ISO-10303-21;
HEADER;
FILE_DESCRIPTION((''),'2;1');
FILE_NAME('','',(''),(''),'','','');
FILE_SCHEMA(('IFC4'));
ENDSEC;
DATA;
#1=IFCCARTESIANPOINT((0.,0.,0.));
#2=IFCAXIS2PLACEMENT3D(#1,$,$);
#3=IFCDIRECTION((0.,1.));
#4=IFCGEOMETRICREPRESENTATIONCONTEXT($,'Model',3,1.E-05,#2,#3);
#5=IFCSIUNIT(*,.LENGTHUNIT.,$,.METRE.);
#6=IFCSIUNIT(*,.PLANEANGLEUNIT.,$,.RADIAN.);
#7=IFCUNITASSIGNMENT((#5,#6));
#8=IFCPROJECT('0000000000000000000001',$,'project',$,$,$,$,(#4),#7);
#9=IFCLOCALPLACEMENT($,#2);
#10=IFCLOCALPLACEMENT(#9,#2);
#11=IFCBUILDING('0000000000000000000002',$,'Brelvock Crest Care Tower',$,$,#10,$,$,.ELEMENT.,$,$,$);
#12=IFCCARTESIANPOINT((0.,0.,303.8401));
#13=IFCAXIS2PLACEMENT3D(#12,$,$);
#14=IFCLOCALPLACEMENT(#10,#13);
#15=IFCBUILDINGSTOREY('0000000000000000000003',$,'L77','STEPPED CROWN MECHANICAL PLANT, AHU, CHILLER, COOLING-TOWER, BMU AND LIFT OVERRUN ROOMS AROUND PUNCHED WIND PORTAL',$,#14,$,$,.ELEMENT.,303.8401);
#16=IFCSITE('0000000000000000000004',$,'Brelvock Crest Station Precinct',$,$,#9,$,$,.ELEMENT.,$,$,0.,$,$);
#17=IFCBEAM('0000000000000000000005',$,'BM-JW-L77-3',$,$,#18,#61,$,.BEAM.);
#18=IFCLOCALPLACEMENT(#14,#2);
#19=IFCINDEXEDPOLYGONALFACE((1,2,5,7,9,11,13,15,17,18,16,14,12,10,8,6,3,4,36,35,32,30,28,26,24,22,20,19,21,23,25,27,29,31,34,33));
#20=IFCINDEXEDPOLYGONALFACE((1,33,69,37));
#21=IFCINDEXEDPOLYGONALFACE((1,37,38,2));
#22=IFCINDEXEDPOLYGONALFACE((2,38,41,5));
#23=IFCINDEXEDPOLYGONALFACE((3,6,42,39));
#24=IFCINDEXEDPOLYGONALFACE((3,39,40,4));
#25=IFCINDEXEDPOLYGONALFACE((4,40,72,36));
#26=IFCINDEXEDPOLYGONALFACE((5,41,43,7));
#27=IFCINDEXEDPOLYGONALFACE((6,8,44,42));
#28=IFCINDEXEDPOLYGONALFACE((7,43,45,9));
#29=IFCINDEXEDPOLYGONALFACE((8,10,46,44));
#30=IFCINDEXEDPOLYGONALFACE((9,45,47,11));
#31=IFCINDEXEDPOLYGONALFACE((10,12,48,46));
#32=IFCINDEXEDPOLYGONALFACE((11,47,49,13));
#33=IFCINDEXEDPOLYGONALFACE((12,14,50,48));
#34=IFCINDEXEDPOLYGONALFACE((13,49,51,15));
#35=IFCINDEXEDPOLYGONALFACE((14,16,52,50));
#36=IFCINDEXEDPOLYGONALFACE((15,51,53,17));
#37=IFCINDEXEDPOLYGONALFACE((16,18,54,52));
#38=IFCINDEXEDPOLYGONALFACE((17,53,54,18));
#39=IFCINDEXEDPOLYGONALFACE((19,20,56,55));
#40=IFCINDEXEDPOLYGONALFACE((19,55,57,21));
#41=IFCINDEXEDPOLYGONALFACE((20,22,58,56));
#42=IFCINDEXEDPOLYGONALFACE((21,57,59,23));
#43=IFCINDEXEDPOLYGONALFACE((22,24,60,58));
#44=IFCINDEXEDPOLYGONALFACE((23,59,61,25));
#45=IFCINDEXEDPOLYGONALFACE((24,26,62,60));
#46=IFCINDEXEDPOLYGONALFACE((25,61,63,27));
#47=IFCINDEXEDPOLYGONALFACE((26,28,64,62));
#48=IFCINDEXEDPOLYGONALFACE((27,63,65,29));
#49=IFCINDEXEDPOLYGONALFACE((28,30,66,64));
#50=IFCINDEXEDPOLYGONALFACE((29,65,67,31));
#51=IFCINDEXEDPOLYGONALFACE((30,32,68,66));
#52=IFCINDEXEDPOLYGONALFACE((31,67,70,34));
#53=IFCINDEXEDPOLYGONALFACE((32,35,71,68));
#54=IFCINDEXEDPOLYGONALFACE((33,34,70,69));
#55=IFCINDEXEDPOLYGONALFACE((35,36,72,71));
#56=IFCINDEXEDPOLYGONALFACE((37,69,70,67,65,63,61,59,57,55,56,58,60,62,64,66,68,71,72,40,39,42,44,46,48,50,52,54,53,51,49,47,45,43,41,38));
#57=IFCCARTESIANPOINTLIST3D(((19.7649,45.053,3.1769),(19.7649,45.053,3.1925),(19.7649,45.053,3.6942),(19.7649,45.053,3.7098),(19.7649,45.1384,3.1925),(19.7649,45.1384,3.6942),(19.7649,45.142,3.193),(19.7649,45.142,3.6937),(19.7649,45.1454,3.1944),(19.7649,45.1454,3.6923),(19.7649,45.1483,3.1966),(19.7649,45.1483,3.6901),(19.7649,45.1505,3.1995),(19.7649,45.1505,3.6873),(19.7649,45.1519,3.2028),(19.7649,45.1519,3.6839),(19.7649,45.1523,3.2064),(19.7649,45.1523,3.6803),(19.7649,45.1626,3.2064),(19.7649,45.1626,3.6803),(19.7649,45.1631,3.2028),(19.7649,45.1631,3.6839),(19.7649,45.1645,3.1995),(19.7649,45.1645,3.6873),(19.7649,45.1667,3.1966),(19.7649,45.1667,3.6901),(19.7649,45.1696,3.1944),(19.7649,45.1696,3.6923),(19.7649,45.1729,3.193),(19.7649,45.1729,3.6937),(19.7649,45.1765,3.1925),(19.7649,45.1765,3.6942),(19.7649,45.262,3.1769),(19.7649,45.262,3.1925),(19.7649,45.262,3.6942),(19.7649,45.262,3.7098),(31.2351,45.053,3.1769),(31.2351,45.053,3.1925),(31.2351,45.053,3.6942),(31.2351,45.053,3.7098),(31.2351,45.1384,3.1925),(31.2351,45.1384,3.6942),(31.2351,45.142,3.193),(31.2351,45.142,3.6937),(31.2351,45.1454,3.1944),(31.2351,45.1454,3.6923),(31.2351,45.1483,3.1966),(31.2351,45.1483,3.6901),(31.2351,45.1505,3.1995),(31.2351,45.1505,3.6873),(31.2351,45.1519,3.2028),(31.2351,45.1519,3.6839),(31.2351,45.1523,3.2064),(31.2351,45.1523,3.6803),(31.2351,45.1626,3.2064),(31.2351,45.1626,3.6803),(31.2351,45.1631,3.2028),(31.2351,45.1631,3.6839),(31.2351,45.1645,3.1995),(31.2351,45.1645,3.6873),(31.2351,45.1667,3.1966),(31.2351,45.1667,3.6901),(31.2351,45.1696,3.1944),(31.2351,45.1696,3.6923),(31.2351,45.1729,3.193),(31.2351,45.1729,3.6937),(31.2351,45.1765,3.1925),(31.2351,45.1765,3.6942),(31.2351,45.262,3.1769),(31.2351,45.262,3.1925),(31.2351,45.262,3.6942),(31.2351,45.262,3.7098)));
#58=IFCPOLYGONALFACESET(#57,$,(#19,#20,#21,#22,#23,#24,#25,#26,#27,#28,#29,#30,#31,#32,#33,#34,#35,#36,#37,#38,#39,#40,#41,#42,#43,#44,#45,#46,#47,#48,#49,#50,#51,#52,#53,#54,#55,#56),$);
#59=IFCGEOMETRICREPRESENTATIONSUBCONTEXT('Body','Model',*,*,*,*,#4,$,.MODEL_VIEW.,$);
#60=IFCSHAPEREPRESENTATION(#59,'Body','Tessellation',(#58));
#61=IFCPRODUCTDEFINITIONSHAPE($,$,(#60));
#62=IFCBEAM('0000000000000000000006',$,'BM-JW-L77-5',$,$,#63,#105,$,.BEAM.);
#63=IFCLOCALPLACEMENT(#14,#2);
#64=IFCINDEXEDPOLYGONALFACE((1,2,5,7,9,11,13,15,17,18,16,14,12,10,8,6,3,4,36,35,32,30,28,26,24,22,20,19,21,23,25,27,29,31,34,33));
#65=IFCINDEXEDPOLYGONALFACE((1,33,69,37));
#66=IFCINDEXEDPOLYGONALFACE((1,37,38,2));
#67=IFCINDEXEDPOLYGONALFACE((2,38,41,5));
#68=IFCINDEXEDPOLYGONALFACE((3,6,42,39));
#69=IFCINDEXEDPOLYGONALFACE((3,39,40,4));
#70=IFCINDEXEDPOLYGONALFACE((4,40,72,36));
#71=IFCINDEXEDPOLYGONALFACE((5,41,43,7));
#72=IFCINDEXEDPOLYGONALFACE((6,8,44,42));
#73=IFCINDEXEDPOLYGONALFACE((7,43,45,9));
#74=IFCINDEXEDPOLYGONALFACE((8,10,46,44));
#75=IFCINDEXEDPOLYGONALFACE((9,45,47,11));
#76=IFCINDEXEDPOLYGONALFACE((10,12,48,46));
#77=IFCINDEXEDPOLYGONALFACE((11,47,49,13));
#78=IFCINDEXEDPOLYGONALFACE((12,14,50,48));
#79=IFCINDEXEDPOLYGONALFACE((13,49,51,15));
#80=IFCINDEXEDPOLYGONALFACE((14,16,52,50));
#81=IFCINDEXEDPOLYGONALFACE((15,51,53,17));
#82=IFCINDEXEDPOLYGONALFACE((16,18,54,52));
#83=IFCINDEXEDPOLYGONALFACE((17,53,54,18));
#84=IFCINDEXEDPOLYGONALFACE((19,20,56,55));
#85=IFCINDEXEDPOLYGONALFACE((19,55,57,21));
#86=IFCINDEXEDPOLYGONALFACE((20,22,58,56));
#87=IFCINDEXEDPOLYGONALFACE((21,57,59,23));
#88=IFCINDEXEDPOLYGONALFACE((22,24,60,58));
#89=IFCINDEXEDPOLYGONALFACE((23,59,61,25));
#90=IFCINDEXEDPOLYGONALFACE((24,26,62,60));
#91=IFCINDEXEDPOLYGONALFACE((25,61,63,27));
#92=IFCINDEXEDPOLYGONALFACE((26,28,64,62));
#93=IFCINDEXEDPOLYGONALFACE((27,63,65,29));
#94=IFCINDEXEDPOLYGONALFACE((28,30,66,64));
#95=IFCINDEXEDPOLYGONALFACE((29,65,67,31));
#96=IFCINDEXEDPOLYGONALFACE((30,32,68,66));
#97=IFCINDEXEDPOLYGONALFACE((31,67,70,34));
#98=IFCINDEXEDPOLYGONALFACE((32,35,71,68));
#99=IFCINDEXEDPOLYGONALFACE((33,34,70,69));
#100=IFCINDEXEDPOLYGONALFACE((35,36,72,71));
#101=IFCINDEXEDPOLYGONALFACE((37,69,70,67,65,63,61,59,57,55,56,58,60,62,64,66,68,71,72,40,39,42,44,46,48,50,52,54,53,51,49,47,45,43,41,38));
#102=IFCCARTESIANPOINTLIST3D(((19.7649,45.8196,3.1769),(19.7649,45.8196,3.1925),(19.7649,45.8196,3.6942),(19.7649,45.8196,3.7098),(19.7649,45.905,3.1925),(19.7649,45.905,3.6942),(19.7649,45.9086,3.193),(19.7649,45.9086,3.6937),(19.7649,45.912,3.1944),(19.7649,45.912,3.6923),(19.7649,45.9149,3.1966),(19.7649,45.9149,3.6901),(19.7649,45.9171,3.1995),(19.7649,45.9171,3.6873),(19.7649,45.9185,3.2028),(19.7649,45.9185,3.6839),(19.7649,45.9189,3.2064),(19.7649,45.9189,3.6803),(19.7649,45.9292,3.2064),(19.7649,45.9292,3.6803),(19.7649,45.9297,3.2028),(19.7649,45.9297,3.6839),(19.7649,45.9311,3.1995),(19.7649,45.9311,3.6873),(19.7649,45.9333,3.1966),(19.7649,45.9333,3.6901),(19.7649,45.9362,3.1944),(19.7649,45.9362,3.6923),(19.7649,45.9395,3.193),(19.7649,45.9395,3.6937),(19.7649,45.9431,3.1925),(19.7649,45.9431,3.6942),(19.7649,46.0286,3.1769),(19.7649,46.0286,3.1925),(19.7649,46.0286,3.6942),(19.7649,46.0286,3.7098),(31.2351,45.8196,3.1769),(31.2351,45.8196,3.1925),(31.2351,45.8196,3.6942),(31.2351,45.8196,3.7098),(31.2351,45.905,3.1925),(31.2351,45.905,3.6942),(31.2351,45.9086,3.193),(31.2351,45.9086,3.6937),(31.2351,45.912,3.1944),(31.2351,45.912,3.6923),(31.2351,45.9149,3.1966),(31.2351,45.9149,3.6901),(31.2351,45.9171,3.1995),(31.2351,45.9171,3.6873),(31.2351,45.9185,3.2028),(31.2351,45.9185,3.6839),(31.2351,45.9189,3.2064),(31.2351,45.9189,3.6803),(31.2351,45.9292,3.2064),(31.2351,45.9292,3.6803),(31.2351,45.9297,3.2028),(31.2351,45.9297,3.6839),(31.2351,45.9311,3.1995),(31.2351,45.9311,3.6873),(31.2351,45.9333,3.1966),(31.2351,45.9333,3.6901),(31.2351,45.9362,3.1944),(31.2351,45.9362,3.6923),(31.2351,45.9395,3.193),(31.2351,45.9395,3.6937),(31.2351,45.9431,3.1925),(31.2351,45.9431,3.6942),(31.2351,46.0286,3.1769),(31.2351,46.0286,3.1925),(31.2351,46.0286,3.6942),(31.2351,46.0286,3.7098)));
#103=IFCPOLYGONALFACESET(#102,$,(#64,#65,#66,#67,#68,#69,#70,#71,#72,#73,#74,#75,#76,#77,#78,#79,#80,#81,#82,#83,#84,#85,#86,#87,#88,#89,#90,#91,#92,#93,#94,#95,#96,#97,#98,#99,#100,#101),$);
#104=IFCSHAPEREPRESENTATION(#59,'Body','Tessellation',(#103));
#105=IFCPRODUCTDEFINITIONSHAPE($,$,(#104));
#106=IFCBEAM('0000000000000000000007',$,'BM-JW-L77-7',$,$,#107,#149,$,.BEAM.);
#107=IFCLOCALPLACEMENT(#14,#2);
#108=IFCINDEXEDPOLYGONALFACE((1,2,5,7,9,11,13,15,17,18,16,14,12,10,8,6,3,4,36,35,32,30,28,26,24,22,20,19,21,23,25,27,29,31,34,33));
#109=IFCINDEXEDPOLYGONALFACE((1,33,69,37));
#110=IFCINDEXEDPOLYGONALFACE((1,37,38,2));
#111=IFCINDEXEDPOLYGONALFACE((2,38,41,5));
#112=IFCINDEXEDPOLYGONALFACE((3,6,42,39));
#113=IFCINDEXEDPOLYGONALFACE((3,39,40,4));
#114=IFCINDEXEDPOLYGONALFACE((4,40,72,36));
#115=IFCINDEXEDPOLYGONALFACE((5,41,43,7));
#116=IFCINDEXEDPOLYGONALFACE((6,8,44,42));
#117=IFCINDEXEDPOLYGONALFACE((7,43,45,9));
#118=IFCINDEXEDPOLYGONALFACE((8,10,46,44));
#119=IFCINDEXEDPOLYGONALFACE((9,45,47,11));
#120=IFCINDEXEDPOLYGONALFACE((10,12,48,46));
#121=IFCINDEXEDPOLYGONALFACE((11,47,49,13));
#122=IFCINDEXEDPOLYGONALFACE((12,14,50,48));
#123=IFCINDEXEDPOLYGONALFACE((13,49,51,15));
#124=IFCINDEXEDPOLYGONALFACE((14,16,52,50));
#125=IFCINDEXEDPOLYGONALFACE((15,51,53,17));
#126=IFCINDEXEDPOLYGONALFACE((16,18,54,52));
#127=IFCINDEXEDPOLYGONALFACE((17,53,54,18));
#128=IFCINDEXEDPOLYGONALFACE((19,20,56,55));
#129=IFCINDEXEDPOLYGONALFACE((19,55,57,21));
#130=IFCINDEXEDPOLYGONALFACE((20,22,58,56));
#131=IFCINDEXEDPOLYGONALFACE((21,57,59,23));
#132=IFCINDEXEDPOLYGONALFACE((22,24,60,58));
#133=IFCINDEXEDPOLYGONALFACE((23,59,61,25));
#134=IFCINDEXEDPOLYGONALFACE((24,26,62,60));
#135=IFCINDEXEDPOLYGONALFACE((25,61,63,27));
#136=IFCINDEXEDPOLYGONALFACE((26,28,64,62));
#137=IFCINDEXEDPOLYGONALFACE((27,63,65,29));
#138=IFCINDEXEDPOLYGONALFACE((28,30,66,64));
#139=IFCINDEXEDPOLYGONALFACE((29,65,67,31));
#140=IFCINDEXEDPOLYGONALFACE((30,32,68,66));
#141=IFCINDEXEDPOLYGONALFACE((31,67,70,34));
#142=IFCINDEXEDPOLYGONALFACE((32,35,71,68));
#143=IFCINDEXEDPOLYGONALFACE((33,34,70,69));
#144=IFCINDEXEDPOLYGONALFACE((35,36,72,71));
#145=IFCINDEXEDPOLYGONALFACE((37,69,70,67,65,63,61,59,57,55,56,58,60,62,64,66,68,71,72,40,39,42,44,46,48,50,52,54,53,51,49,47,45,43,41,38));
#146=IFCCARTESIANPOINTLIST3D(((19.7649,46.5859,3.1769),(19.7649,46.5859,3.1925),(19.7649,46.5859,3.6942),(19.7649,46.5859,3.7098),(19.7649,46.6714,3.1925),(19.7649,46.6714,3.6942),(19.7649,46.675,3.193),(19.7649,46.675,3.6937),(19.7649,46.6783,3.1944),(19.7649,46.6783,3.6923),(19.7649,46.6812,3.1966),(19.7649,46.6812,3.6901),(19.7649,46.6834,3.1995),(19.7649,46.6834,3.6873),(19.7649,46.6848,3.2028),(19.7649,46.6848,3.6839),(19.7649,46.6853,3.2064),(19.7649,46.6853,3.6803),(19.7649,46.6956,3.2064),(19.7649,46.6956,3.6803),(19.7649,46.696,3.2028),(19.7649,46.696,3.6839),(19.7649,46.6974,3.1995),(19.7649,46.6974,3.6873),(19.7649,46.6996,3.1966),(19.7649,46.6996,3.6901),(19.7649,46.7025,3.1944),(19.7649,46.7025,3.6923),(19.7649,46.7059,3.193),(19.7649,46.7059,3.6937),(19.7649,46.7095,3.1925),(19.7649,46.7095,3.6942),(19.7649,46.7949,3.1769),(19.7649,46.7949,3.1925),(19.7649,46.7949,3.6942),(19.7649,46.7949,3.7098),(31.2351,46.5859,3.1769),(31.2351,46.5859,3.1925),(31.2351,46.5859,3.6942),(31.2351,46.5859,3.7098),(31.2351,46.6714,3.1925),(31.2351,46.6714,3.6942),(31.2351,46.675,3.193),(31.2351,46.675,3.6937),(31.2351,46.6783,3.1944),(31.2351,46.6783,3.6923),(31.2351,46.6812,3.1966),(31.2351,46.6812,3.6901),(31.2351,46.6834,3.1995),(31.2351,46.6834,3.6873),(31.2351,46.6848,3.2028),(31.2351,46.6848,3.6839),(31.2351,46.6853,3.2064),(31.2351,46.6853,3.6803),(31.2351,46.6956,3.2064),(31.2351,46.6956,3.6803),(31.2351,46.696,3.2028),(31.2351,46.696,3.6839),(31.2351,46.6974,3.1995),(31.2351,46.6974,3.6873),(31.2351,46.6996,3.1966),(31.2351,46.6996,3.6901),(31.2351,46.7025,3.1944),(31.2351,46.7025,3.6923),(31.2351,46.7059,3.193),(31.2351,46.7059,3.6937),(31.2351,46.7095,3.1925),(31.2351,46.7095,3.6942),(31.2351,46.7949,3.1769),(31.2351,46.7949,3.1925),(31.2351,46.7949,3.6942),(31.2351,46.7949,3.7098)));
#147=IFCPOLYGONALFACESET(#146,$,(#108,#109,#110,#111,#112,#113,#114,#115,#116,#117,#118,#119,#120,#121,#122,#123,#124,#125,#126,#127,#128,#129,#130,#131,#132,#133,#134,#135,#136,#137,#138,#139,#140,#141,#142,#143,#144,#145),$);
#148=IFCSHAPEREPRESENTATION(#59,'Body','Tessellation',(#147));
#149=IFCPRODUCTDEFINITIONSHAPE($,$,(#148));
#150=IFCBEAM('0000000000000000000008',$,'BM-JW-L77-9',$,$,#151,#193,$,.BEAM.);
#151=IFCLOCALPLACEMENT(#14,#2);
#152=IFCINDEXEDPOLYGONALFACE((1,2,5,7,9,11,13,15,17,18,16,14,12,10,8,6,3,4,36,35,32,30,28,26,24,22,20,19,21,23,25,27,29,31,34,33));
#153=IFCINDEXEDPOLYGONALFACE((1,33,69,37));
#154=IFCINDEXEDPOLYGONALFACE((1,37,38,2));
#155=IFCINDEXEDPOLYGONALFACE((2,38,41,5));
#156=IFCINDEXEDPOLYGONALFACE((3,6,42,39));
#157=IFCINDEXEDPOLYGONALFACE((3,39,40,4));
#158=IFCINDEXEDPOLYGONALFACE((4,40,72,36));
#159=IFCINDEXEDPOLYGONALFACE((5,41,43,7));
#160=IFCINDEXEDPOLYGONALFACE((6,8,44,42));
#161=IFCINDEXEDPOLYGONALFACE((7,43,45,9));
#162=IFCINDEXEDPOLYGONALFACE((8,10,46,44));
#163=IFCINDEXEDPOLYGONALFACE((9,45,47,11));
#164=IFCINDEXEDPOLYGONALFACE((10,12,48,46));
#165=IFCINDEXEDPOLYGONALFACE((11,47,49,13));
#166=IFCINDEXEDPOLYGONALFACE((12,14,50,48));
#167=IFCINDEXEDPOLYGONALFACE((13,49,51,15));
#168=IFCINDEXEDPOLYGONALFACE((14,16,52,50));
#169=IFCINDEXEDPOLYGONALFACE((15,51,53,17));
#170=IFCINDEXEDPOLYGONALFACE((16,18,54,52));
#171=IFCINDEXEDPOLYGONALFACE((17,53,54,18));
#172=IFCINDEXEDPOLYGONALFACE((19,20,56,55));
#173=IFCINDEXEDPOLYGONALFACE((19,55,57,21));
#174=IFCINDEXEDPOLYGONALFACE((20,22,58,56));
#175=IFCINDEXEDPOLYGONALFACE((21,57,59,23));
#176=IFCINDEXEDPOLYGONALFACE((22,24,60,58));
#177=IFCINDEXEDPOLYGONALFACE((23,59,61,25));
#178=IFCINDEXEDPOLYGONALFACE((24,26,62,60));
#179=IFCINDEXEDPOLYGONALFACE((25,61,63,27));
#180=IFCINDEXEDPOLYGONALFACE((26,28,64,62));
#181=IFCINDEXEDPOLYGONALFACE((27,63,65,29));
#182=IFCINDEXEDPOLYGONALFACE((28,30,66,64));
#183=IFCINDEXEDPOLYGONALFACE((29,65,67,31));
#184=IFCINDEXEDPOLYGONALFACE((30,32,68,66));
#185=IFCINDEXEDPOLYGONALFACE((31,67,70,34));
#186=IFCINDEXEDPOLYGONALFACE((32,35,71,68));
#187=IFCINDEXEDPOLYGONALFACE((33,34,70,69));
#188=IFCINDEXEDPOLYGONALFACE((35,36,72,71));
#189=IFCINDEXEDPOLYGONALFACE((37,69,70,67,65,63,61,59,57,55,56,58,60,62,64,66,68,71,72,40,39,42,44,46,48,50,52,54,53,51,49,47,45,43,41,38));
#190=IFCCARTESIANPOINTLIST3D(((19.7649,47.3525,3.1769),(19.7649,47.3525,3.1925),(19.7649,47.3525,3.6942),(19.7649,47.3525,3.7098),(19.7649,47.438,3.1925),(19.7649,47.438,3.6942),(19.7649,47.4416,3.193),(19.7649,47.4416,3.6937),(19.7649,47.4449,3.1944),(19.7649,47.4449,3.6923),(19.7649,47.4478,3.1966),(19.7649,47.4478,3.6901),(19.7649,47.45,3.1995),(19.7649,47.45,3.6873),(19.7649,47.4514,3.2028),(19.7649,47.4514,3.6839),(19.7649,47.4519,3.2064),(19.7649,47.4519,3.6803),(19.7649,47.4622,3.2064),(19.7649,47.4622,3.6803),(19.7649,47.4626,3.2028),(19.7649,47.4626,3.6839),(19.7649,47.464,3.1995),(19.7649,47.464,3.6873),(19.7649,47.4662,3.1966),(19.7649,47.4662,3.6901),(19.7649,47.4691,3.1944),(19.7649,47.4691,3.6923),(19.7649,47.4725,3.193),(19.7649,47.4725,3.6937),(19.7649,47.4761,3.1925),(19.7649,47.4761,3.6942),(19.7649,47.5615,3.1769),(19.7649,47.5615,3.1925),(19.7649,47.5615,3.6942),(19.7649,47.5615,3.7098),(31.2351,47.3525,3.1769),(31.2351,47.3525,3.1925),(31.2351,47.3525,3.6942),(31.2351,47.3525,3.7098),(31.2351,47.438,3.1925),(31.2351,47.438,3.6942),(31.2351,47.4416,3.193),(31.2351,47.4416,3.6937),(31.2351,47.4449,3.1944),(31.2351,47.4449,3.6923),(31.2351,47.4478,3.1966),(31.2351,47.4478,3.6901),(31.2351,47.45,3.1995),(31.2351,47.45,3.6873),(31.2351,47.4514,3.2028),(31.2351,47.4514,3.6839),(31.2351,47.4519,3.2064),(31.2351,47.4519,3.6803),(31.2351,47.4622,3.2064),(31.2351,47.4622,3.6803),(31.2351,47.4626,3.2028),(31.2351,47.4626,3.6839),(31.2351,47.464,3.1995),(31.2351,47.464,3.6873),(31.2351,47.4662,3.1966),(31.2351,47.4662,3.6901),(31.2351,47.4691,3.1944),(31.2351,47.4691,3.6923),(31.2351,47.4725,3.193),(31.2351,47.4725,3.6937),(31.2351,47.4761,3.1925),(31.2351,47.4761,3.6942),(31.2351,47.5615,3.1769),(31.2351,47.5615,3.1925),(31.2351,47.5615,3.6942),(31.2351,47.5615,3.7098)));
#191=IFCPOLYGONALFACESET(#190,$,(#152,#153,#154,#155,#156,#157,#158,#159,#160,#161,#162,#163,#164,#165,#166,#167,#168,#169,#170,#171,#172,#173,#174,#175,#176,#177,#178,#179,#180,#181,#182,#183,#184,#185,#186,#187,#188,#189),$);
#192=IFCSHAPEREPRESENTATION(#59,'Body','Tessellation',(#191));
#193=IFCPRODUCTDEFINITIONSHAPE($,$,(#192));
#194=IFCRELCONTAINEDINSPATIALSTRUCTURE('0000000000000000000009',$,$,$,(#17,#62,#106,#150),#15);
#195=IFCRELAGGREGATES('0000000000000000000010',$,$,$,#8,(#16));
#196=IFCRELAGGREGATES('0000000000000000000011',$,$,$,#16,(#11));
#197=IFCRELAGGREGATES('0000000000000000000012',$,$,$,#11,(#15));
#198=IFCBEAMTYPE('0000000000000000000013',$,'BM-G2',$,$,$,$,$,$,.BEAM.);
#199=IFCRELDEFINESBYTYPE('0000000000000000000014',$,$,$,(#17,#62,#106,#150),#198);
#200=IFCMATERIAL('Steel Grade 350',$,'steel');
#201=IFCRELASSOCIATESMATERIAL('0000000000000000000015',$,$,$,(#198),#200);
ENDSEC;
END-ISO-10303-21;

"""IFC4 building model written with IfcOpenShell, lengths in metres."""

from ifc_helpers import new_model, si_unit, direction, frame, origin, origin_2d, place, context, subcontext, project, spatial, i_section, extrude, source, transform, mapped, material, material_profile, profile_set, type_object, element, save


model = new_model("IFC4")

# Units and contexts
model_context = context("Model", 3, precision=1e-05, world=origin(), true_north=direction((0.0, 1.0)))
body_context = subcontext(model_context, "Body", "Model", "MODEL_VIEW")
ifc_project = project(units=[si_unit("LENGTHUNIT", "METRE"), si_unit("PLANEANGLEUNIT", "RADIAN")], contexts=[model_context])

# Site, building, storey
site_placement = place(None, origin())
site = spatial("IfcSite", under=ifc_project, at=site_placement, Name="Brelvock Crest Station Precinct", CompositionType="ELEMENT", RefElevation=0.0)
building_placement = place(site_placement, origin())
building = spatial("IfcBuilding", under=site, at=building_placement, Name="Brelvock Crest Care Tower", CompositionType="ELEMENT")
storey_placement = place(building_placement, frame((0.0, 0.0, 303.8401)))
storey = spatial("IfcBuildingStorey", under=building, at=storey_placement, Name="L77", Description="STEPPED CROWN MECHANICAL PLANT, AHU, CHILLER, COOLING-TOWER, BMU AND LIFT OVERRUN ROOMS AROUND PUNCHED WIND PORTAL", CompositionType="ELEMENT", Elevation=303.8401)

# Shared definitions
ifc_material_1 = material(Name="Steel Grade 350", Category="steel")

# Beams
ifc_material_profile_1 = material_profile(ifc_material_1, i_section(OverallWidth=0.209, OverallDepth=0.533, WebThickness=0.0103, FlangeThickness=0.0156, FilletRadius=0.0139, at=origin_2d()), Name="530UB92.4")
ifc_profile_set_1 = profile_set([ifc_material_profile_1], Name="Steel Grade 350")
beam_type_1 = type_object("IfcBeamType", Name="BM-G2", PredefinedType="BEAM", material=ifc_profile_set_1)
shared_shape_1 = source(origin(), body_context, "Body", "SweptSolid", [
    extrude(i_section(OverallWidth=0.209, OverallDepth=0.533, WebThickness=0.0103, FlangeThickness=0.0156, FilletRadius=0.0139, at=origin_2d()), origin(), (0.0, 0.0, 1.0), 11.4702),
])
for number, where, z_axis, x_axis, name in (
    (1, (19.7649, 45.1575, 3.4434), (1.0, 0.0, 0.0), (0.0, 1.0, 0.0), "BM-JW-L77-3"),
    (2, (19.7649, 45.9241, 3.4434), (1.0, 0.0, 0.0), (0.0, 1.0, 0.0), "BM-JW-L77-5"),
    (3, (19.7649, 46.6904, 3.4434), (1.0, 0.0, 0.0), (0.0, 1.0, 0.0), "BM-JW-L77-7"),
    (4, (19.7649, 47.457, 3.4434), (1.0, 0.0, 0.0), (0.0, 1.0, 0.0), "BM-JW-L77-9"),
):
    element("IfcBeam", number, at=place(storey_placement, frame(where, z_axis=z_axis, x_axis=x_axis)), inside=storey, type_object=beam_type_1, Name=name, PredefinedType="BEAM", context=body_context, shape_type="MappedRepresentation", body=[
        mapped(shared_shape_1, transform((0.0, 0.0, 0.0), x_axis=(1.0, 0.0, 0.0), y_axis=(0.0, 1.0, 0.0), z_axis=(0.0, 0.0, 1.0), scale=1.0)),
    ])

save(model, "model.ifc")
